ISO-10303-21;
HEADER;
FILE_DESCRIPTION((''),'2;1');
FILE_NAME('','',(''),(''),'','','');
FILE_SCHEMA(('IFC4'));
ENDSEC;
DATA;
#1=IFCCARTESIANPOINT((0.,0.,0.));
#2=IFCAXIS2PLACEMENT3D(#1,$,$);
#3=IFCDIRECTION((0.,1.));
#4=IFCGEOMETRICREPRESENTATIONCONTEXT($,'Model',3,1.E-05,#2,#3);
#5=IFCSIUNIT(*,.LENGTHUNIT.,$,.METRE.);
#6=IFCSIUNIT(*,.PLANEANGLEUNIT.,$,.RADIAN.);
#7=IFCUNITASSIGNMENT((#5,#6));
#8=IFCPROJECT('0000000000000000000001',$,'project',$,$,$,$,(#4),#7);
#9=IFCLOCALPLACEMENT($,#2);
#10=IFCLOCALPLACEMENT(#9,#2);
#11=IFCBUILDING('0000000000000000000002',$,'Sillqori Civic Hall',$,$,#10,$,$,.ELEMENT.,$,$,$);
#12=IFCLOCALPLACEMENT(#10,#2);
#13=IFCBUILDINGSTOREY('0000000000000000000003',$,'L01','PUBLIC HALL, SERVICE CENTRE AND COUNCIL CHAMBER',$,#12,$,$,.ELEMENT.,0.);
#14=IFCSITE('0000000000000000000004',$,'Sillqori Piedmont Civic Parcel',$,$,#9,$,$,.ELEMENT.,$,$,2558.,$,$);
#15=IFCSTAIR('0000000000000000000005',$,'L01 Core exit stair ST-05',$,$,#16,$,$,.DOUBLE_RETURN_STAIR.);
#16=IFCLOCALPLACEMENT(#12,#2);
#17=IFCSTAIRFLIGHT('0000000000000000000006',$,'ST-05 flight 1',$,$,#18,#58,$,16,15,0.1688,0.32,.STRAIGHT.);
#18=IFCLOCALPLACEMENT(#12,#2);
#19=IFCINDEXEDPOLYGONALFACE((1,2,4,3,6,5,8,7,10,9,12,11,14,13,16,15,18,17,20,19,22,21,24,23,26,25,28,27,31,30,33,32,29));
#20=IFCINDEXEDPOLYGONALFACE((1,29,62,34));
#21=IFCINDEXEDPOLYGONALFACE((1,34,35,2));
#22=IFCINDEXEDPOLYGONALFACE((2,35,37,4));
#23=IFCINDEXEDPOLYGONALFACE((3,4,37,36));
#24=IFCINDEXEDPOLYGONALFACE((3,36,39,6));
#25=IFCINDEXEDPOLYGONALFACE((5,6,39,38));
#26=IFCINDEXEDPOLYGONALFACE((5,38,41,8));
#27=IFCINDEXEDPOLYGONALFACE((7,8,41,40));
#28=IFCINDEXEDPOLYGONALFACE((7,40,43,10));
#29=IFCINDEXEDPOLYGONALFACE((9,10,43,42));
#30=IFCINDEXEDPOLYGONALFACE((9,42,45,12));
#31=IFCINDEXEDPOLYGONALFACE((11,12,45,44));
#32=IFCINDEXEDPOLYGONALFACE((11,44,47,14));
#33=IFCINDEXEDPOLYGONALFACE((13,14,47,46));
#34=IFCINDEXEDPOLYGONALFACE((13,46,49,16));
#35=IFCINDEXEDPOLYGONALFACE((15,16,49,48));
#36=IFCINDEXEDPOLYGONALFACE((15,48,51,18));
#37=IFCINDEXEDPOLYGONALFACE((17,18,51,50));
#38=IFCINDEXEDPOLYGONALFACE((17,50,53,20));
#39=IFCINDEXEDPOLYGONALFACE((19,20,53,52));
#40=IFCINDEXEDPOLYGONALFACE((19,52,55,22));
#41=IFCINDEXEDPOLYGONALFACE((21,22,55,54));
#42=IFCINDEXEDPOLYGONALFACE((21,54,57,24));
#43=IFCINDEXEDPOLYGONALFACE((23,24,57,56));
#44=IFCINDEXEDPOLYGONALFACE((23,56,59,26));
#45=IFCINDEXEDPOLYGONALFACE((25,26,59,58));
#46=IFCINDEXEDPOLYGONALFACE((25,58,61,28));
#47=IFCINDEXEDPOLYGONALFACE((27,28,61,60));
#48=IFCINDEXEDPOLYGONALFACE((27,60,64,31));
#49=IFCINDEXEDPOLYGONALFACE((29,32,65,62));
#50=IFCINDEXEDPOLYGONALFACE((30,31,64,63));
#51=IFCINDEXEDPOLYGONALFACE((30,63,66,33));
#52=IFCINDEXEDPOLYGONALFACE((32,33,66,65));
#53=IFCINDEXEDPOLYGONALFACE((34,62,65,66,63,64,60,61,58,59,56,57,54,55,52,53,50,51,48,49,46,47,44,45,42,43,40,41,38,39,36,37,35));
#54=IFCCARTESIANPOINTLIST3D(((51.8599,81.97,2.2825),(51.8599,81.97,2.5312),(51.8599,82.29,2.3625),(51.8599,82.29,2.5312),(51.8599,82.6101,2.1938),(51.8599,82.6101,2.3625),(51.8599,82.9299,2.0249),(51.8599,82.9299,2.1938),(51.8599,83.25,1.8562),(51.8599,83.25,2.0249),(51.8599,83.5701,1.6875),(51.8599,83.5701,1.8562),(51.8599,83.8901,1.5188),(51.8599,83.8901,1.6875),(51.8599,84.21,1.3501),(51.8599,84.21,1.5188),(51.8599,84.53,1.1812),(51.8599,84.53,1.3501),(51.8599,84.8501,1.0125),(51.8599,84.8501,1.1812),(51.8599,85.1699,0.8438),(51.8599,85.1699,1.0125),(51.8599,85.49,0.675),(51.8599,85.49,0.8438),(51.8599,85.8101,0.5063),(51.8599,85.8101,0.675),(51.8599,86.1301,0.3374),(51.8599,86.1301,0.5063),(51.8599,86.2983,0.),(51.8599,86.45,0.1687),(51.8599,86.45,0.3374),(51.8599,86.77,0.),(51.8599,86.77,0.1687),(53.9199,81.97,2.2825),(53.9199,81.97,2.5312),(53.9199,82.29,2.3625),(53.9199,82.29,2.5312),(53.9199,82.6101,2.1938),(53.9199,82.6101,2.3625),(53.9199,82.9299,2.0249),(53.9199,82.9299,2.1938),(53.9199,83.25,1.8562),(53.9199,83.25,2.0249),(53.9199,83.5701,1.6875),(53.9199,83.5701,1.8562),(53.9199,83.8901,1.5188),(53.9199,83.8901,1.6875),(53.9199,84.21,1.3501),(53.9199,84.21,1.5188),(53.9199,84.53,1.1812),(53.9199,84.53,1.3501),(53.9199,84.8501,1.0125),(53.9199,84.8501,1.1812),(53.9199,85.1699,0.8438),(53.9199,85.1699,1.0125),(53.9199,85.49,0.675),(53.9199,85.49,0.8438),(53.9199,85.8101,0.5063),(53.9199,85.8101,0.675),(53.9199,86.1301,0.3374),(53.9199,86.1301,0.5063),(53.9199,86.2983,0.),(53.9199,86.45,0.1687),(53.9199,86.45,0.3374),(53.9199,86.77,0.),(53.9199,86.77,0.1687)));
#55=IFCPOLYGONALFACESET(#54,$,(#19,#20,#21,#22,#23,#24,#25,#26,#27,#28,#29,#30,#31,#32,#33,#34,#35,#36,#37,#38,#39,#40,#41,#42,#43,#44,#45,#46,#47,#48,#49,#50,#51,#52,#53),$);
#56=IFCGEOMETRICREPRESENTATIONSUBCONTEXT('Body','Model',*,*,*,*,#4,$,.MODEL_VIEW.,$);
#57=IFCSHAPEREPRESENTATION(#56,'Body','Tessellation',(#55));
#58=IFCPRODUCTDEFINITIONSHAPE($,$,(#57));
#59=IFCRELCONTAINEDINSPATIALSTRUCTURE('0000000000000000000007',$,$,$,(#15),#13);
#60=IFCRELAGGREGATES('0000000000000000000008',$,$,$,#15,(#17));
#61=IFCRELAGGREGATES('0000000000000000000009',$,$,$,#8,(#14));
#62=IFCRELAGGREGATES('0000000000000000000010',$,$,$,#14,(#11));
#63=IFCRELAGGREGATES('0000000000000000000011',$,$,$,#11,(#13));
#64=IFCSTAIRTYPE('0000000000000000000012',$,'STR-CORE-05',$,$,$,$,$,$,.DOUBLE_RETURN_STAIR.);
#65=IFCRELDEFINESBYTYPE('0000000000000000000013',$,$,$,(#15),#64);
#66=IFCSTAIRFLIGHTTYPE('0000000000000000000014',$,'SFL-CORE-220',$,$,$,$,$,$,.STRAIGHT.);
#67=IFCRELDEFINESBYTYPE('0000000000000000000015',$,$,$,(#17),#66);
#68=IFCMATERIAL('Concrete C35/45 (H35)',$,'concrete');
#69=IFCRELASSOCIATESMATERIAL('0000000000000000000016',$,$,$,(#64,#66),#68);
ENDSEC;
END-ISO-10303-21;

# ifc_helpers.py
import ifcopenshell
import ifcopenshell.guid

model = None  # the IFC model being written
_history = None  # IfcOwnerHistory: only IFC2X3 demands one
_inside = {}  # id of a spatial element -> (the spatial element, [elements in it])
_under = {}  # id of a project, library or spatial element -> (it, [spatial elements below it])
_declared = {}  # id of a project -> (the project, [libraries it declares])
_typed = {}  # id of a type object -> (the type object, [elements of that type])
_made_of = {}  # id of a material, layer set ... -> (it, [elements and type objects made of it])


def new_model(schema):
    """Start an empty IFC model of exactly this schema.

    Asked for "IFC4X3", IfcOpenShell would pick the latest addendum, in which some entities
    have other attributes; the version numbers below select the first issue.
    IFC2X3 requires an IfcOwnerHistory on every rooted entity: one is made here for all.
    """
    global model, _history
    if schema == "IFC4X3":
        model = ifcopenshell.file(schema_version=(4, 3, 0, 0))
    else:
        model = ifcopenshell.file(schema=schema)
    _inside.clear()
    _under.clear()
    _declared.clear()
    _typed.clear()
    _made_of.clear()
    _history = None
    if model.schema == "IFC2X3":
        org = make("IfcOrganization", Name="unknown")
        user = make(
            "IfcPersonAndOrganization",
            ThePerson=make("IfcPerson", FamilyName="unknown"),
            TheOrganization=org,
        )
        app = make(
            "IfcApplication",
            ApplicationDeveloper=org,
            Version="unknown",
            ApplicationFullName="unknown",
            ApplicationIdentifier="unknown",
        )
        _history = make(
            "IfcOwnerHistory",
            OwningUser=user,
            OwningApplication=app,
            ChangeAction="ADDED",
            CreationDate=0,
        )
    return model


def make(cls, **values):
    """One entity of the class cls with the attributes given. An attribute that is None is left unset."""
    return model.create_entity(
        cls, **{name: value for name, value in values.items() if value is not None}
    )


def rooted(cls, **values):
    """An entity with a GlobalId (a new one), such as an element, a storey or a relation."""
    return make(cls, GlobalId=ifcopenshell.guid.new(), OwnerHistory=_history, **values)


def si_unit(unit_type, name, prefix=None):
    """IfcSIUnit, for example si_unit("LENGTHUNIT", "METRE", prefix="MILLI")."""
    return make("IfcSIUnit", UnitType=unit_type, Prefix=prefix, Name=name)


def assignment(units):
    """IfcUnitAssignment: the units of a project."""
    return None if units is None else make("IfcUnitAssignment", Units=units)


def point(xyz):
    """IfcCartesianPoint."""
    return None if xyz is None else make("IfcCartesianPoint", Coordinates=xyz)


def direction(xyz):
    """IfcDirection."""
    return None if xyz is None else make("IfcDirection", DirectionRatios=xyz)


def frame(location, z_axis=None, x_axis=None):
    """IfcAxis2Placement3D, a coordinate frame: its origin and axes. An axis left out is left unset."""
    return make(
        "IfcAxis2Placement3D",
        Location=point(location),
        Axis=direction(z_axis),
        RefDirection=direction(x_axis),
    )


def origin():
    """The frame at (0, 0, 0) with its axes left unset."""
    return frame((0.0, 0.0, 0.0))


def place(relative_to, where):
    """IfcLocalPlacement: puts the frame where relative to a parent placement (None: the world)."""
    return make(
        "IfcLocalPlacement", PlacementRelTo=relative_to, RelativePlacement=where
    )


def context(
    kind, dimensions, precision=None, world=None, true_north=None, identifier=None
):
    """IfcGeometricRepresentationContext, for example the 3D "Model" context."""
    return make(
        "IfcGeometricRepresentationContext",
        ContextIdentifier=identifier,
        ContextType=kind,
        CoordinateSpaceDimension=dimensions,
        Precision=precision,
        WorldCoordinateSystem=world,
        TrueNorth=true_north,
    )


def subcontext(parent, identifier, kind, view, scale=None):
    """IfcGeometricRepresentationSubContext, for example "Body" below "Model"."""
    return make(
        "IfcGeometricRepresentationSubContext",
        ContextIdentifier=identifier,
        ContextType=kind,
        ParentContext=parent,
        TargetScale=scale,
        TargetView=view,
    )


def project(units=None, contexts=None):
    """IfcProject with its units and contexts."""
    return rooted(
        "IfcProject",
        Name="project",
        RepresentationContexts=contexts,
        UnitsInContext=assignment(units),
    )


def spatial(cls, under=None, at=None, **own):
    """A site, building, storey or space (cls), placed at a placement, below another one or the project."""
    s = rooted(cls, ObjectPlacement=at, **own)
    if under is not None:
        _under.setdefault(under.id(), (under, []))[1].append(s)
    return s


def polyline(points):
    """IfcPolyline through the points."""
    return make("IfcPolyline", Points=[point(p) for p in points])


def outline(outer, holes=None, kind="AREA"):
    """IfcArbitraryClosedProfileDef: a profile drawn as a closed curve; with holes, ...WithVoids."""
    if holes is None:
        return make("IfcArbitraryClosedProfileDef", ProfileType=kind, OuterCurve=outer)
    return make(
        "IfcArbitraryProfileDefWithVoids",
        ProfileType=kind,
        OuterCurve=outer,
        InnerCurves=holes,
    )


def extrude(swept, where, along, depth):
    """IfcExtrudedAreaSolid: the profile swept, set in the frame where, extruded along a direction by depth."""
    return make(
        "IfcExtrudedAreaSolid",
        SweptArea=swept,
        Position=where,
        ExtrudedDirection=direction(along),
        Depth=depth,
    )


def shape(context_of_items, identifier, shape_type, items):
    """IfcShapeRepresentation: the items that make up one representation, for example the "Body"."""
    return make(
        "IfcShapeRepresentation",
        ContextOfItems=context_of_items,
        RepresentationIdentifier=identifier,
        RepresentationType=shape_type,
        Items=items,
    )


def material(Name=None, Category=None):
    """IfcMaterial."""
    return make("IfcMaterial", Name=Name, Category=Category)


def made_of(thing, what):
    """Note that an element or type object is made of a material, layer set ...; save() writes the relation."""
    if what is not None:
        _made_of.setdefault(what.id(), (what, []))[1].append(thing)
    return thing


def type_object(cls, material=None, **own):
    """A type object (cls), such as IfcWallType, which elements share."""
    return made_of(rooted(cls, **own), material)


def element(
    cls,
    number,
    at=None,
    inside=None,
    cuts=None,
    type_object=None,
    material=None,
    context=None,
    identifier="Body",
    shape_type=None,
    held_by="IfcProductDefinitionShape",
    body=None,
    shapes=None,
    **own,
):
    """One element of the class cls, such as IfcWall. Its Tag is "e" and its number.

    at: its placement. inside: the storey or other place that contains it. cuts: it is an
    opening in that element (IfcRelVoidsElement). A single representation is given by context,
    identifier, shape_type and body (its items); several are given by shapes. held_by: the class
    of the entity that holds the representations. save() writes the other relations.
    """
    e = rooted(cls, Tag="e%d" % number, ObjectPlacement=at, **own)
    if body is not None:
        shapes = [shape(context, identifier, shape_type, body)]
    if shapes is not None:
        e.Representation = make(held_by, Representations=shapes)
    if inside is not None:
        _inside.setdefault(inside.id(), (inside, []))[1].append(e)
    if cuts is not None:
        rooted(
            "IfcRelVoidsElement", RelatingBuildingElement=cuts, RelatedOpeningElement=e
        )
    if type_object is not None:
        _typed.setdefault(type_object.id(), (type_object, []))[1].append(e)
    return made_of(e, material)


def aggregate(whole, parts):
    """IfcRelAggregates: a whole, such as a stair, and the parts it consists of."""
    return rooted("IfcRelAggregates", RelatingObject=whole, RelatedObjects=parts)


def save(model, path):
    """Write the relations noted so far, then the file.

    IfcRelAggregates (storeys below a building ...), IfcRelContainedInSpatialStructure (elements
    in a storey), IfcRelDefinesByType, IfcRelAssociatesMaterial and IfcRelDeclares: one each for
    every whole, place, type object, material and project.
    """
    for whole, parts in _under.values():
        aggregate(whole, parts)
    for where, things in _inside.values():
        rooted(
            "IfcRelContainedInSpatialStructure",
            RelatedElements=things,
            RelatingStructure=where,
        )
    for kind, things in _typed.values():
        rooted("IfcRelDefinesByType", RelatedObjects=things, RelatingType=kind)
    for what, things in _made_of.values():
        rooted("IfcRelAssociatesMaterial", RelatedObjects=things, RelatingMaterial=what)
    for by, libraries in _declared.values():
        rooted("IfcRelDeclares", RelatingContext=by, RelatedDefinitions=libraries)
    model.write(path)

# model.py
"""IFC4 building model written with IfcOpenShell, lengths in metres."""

from ifc_helpers import new_model, si_unit, direction, frame, origin, place, context, subcontext, project, spatial, polyline, outline, extrude, material, type_object, element, aggregate, save


model = new_model("IFC4")

# Units and contexts
model_context = context("Model", 3, precision=1e-05, world=origin(), true_north=direction((0.0, 1.0)))
body_context = subcontext(model_context, "Body", "Model", "MODEL_VIEW")
ifc_project = project(units=[si_unit("LENGTHUNIT", "METRE"), si_unit("PLANEANGLEUNIT", "RADIAN")], contexts=[model_context])

# Site, building, storey
site_placement = place(None, origin())
site = spatial("IfcSite", under=ifc_project, at=site_placement, Name="Sillqori Piedmont Civic Parcel", CompositionType="ELEMENT", RefElevation=2558.0)
building_placement = place(site_placement, origin())
building = spatial("IfcBuilding", under=site, at=building_placement, Name="Sillqori Civic Hall", CompositionType="ELEMENT")
storey_placement = place(building_placement, origin())
storey = spatial("IfcBuildingStorey", under=building, at=storey_placement, Name="L01", Description="PUBLIC HALL, SERVICE CENTRE AND COUNCIL CHAMBER", CompositionType="ELEMENT", Elevation=0.0)

# Shared definitions
ifc_material_1 = material(Name="Concrete C35/45 (H35)", Category="concrete")

# Stair, stair flight
stair_type = type_object("IfcStairType", Name="STR-CORE-05", PredefinedType="DOUBLE_RETURN_STAIR", material=ifc_material_1)
stair_placement = place(storey_placement, origin())
stair = element("IfcStair", 1, at=stair_placement, inside=storey, type_object=stair_type, Name="L01 Core exit stair ST-05", PredefinedType="DOUBLE_RETURN_STAIR")
stair_flight_type = type_object("IfcStairFlightType", Name="SFL-CORE-220", PredefinedType="STRAIGHT", material=ifc_material_1)
stair_flight_placement = place(storey_placement, frame((52.8899, 86.77, 0.0), z_axis=(0.0, 0.0, 1.0), x_axis=(0.0, -1.0, 0.0)))
stair_flight = element("IfcStairFlight", 2, at=stair_flight_placement, type_object=stair_flight_type, Name="ST-05 flight 1", NumberOfRisers=16, NumberOfTreads=15, PredefinedType="STRAIGHT", RiserHeight=0.1688, TreadLength=0.32, context=body_context, shape_type="SweptSolid", body=[
    extrude(outline(polyline([(0.0, 0.0), (0.0, 0.1687), (0.3201, 0.1687), (0.3201, 0.3374), (0.6399, 0.3374), (0.6399, 0.5063), (0.96, 0.5063), (0.96, 0.675), (1.28, 0.675), (1.28, 0.8438), (1.6001, 0.8438), (1.6001, 1.0125), (1.9199, 1.0125), (1.9199, 1.1812), (2.24, 1.1812), (2.24, 1.3501), (2.5601, 1.3501), (2.5601, 1.5188), (2.8799, 1.5188), (2.8799, 1.6875), (3.2, 1.6875), (3.2, 1.8562), (3.52, 1.8562), (3.52, 2.0249), (3.8401, 2.0249), (3.8401, 2.1938), (4.1599, 2.1938), (4.1599, 2.3625), (4.48, 2.3625), (4.48, 2.5312), (4.8, 2.5312), (4.8, 2.7), (4.8, 2.2825), (0.4717, 0.0), (0.0, 0.0)])), frame((0.0, 1.03, 0.0), z_axis=(0.0, -1.0, 0.0), x_axis=(1.0, 0.0, 0.0)), (0.0, 0.0, 1.0), 2.0601),
])
aggregate(stair, [stair_flight])

save(model, "model.ifc")
